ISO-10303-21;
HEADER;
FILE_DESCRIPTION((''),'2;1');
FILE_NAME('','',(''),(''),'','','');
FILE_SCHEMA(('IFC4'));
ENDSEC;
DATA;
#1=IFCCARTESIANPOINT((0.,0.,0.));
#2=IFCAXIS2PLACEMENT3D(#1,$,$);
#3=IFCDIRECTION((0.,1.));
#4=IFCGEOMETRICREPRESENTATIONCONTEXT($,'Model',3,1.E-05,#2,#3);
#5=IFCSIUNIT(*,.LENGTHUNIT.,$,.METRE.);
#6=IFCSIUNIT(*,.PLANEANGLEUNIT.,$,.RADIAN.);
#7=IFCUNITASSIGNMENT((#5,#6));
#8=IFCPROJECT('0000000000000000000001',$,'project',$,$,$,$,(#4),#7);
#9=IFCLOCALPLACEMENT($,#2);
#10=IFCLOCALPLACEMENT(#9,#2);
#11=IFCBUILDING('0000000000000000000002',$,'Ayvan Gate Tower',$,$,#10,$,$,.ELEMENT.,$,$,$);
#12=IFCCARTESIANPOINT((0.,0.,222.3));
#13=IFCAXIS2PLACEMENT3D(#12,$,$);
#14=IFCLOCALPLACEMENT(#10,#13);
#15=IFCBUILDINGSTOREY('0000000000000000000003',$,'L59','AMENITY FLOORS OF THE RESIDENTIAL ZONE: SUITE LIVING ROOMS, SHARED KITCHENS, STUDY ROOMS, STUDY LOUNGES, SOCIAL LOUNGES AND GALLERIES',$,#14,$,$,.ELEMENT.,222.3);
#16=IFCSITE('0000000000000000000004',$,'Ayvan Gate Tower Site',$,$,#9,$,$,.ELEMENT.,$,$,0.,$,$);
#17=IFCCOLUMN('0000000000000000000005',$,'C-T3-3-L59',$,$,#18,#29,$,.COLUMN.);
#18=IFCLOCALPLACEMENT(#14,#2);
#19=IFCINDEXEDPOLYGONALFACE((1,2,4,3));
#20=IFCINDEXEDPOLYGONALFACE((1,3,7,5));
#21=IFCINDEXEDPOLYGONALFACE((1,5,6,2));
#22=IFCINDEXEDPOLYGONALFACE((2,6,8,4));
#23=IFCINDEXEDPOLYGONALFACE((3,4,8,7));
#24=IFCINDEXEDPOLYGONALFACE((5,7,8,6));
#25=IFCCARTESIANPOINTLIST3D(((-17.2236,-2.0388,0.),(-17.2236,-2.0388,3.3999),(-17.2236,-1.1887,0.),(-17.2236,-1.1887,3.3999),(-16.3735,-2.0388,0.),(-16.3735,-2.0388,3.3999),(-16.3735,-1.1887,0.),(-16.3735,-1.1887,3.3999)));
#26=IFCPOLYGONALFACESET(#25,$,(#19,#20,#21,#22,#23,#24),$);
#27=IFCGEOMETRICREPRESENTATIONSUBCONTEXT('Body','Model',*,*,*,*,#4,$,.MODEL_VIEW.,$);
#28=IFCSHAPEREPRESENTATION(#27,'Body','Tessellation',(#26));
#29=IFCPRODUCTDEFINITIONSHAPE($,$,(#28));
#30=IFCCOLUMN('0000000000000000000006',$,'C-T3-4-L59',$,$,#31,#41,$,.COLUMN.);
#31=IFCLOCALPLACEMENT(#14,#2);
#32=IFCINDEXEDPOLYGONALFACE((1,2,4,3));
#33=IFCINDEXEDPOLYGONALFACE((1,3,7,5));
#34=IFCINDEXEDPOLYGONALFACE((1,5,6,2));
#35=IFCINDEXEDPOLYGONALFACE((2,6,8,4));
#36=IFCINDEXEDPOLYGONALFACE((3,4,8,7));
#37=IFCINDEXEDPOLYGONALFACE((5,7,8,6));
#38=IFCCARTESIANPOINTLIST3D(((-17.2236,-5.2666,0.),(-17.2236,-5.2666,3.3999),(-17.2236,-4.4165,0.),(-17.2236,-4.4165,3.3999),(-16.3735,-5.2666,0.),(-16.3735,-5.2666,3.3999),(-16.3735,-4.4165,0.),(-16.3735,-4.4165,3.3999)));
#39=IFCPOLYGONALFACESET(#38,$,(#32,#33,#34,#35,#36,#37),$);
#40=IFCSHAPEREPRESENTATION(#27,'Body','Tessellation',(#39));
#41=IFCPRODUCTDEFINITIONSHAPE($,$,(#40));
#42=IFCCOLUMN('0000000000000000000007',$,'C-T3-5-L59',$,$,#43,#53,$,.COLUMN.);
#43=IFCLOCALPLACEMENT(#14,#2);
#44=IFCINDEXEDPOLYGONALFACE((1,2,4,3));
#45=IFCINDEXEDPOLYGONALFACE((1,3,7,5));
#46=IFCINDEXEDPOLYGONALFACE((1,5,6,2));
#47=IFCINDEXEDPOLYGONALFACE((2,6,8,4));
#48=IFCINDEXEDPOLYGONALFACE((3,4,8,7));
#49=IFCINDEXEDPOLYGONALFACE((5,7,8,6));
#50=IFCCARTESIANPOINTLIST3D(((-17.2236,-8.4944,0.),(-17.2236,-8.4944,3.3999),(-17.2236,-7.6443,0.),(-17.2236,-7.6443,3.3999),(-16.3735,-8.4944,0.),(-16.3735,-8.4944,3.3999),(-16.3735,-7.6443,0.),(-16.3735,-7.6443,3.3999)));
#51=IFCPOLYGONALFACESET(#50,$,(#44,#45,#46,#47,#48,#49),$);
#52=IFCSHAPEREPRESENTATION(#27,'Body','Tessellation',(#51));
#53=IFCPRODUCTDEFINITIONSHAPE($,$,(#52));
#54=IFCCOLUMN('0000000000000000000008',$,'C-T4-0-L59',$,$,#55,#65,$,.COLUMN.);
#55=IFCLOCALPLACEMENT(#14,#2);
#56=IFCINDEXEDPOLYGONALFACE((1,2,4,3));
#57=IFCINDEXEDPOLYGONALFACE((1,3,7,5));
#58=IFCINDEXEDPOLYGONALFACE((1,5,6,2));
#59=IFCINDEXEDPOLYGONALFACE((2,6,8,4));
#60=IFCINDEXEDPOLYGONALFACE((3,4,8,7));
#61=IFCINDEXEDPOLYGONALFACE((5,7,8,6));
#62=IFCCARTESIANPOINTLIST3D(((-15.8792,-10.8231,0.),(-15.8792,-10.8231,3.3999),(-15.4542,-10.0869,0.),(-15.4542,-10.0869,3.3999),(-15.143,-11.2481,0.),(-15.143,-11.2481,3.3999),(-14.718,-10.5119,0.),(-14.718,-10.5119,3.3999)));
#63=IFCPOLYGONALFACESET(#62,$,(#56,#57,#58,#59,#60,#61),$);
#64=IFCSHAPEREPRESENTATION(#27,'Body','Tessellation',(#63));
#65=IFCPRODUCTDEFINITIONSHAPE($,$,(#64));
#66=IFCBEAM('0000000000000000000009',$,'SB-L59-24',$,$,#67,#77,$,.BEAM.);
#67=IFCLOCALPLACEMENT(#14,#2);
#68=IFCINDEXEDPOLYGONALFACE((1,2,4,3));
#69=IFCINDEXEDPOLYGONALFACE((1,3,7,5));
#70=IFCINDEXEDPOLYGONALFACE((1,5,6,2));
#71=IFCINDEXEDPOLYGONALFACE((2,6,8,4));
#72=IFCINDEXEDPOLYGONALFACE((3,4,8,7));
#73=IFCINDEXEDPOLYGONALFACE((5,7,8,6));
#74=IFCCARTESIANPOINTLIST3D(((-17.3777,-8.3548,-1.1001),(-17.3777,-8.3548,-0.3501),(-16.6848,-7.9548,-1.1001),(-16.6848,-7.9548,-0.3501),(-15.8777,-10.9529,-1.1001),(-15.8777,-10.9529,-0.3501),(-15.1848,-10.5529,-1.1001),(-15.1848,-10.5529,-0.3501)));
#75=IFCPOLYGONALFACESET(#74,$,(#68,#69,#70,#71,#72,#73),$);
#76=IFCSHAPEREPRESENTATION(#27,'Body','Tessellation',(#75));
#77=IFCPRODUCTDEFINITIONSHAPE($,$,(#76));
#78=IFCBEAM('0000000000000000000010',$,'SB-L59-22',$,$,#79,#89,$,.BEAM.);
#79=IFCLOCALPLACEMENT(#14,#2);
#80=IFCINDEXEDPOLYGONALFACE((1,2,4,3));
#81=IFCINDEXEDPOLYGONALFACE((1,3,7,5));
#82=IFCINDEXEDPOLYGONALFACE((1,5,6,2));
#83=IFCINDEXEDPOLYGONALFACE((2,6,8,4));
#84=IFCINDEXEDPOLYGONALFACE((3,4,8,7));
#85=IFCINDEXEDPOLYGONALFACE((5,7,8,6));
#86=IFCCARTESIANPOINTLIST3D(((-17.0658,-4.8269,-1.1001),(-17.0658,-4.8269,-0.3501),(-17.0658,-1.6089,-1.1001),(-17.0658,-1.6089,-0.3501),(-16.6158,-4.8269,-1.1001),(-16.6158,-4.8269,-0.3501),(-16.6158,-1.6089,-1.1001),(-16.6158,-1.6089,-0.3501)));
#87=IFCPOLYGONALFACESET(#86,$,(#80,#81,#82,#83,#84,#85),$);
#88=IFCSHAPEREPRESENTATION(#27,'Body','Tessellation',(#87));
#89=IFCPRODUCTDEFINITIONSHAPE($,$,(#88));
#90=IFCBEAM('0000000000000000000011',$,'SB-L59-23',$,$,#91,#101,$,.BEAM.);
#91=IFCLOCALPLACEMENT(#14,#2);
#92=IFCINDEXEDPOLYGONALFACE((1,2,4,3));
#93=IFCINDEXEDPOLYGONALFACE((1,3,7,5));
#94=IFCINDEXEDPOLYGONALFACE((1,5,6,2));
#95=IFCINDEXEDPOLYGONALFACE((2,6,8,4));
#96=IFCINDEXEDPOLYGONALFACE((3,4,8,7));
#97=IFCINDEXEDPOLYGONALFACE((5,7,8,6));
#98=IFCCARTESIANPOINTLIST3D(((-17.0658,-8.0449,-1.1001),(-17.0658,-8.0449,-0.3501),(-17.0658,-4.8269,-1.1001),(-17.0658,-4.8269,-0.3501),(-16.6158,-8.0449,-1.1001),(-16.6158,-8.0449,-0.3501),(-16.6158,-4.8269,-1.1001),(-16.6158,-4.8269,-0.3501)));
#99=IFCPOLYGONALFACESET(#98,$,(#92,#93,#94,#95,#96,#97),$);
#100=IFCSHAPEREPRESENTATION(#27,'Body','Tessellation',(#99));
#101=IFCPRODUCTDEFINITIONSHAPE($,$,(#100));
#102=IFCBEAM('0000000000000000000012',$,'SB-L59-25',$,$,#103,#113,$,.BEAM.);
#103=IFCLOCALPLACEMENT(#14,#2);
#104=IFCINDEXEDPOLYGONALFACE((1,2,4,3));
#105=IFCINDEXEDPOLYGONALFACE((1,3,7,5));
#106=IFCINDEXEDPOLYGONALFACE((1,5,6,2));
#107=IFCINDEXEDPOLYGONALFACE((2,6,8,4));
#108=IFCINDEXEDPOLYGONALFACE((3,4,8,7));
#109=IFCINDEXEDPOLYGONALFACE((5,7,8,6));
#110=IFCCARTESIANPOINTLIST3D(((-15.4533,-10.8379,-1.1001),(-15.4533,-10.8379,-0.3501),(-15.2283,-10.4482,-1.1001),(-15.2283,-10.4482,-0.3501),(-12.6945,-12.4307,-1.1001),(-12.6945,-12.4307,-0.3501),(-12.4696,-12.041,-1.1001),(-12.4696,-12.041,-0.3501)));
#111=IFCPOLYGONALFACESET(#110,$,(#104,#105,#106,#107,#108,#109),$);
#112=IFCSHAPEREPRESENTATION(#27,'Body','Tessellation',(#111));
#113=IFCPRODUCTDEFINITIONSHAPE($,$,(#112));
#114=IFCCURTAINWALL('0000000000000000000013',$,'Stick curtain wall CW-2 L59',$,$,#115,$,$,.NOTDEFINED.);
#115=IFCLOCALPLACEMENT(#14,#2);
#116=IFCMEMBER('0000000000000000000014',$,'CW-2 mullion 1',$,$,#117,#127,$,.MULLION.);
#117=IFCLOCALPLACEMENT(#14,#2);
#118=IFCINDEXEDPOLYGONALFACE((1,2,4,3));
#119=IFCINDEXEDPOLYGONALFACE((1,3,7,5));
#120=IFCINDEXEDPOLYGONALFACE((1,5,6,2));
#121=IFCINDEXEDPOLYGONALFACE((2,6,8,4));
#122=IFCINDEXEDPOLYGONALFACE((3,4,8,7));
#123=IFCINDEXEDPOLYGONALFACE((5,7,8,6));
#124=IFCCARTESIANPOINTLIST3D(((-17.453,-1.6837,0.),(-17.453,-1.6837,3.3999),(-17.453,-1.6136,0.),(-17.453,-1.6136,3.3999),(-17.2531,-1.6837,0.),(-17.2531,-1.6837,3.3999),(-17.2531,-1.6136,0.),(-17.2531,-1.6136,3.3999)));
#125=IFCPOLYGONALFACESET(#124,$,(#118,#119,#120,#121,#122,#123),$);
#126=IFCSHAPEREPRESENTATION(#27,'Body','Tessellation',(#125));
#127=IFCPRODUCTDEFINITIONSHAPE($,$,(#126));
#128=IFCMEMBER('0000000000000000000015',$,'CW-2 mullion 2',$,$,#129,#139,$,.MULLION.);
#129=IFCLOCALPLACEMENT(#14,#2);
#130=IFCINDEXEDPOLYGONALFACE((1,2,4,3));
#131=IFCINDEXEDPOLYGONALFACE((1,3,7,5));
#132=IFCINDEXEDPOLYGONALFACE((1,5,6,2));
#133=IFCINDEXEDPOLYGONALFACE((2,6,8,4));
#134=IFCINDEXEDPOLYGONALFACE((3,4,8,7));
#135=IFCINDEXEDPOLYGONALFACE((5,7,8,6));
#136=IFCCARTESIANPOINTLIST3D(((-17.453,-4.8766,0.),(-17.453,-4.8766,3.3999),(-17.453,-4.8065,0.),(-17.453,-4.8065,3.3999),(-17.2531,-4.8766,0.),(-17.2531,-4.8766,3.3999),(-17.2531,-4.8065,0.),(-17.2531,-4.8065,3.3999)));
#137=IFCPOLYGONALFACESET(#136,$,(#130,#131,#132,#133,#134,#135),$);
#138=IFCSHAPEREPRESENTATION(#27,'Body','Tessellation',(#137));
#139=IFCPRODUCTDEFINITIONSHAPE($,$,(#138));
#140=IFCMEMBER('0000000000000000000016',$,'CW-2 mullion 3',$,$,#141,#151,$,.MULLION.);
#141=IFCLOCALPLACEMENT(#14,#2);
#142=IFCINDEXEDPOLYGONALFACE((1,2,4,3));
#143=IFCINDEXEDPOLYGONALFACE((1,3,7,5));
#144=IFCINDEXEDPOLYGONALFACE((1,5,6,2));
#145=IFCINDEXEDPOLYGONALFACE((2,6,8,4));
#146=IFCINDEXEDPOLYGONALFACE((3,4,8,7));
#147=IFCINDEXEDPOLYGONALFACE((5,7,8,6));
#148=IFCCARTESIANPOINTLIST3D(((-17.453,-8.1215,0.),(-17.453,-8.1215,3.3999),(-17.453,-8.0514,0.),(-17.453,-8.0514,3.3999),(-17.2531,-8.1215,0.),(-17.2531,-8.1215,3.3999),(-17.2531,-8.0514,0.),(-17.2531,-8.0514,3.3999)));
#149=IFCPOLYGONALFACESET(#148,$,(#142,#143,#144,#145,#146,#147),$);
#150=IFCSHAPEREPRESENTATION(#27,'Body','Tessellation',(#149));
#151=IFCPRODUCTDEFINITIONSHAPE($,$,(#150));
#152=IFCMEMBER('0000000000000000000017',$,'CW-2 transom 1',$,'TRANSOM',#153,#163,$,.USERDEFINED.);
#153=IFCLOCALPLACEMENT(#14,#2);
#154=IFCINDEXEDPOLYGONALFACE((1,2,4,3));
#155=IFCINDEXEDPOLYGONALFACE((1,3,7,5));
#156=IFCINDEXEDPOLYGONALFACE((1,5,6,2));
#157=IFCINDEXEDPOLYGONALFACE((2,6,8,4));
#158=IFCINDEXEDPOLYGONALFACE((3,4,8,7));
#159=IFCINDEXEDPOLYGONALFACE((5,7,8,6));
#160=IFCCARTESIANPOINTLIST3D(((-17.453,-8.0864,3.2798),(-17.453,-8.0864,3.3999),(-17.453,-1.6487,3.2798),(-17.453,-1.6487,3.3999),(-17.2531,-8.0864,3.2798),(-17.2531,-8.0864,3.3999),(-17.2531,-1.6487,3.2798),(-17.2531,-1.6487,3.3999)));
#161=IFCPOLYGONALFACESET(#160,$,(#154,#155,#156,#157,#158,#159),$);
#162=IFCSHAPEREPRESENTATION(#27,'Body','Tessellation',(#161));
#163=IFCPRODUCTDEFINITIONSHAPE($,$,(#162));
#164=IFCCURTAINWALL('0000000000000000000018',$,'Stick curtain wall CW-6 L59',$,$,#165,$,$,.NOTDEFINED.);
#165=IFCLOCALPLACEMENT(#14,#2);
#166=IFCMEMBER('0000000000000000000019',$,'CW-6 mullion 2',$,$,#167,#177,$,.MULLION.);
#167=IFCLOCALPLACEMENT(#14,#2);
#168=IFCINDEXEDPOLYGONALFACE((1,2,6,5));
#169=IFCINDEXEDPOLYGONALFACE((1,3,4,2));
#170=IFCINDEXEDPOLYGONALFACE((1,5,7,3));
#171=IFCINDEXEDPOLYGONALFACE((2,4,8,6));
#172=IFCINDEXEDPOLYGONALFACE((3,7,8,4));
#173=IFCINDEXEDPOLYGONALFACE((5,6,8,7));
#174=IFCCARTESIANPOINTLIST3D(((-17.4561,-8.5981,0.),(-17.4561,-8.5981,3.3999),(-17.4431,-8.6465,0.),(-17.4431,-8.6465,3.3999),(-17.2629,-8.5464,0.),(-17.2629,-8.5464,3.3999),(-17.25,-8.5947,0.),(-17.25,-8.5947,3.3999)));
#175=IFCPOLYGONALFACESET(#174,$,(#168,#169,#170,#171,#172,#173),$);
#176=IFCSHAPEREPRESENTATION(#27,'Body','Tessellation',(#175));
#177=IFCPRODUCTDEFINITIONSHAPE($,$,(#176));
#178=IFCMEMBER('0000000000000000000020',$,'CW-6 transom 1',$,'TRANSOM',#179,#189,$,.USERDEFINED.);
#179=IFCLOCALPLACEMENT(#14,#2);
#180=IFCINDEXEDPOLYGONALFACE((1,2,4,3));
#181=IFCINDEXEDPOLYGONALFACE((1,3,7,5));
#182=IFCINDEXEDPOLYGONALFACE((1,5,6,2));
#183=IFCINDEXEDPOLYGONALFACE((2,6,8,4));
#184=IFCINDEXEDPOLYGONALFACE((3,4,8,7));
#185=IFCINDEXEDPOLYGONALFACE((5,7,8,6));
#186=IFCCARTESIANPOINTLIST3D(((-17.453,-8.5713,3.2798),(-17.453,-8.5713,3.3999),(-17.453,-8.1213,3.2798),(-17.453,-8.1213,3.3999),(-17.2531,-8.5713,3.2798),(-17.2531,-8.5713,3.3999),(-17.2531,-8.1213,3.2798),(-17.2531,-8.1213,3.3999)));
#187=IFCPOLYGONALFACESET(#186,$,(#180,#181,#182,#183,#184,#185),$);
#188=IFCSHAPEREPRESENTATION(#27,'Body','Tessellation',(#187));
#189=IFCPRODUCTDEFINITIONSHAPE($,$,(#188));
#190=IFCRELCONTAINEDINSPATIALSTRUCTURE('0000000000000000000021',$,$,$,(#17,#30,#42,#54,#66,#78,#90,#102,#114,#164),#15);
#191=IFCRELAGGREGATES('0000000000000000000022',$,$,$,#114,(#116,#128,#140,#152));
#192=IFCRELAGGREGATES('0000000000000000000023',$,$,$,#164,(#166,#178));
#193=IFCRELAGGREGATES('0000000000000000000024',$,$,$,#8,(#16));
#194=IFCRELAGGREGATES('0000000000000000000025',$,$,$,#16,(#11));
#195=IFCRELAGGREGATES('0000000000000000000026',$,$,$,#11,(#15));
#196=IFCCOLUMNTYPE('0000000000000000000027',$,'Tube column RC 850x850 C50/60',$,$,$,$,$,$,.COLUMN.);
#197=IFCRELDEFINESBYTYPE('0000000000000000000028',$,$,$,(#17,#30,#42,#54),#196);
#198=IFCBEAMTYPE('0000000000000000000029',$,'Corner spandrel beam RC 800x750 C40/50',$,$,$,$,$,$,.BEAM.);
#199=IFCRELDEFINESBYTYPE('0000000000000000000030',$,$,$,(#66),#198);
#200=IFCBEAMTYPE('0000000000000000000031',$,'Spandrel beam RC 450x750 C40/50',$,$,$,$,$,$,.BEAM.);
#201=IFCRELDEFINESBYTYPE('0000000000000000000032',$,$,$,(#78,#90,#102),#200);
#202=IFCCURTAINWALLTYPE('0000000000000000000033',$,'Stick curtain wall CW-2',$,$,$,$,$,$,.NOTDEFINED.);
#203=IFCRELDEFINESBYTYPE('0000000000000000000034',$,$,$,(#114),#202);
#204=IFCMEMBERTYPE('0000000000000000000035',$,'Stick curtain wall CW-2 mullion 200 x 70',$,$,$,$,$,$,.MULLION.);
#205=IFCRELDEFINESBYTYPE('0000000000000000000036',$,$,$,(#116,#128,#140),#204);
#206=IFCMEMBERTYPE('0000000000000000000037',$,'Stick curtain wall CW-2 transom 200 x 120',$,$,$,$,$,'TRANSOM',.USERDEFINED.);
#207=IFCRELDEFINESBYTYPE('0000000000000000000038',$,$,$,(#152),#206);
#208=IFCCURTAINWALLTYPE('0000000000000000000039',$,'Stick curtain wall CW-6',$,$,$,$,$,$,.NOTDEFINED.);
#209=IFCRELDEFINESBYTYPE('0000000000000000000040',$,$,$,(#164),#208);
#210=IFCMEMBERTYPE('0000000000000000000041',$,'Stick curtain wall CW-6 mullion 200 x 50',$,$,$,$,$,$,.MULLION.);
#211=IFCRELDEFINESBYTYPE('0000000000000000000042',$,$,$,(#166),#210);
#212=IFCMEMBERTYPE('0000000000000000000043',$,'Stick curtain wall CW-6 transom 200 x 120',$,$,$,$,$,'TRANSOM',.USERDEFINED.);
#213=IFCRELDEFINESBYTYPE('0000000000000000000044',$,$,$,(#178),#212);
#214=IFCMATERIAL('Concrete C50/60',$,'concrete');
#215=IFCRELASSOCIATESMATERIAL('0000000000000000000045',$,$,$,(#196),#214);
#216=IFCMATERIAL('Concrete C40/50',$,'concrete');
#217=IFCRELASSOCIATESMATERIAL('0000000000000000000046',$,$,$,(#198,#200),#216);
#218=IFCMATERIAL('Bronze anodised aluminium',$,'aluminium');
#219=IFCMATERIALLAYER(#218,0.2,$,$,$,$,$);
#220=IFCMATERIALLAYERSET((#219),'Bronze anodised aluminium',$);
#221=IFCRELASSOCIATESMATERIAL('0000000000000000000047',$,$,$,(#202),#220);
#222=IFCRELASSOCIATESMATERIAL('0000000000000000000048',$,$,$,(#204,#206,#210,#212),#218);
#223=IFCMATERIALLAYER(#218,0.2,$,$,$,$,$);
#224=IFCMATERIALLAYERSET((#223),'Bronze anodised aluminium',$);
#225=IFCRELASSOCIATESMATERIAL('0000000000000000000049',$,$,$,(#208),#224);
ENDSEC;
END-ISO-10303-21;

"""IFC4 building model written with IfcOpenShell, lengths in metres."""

from ifc_helpers import new_model, si_unit, direction, frame, origin, origin_2d, place, context, subcontext, project, spatial, rectangle, extrude, material, layer, layer_set, material_profile, profile_set, type_object, element, aggregate, save


model = new_model("IFC4")

# Units and contexts
model_context = context("Model", 3, precision=1e-05, world=origin(), true_north=direction((0.0, 1.0)))
body_context = subcontext(model_context, "Body", "Model", "MODEL_VIEW")
ifc_project = project(units=[si_unit("LENGTHUNIT", "METRE"), si_unit("PLANEANGLEUNIT", "RADIAN")], contexts=[model_context])

# Site, building, storey
site_placement = place(None, origin())
site = spatial("IfcSite", under=ifc_project, at=site_placement, Name="Ayvan Gate Tower Site", CompositionType="ELEMENT", RefElevation=0.0)
building_placement = place(site_placement, origin())
building = spatial("IfcBuilding", under=site, at=building_placement, Name="Ayvan Gate Tower", CompositionType="ELEMENT")
storey_placement = place(building_placement, frame((0.0, 0.0, 222.3)))
storey = spatial("IfcBuildingStorey", under=building, at=storey_placement, Name="L59", Description="AMENITY FLOORS OF THE RESIDENTIAL ZONE: SUITE LIVING ROOMS, SHARED KITCHENS, STUDY ROOMS, STUDY LOUNGES, SOCIAL LOUNGES AND GALLERIES", CompositionType="ELEMENT", Elevation=222.3)

# Columns
ifc_material_1 = material(Name="Concrete C50/60", Category="concrete")
ifc_material_profile_1 = material_profile(ifc_material_1, rectangle(XDim=0.8501, YDim=0.8501, at=origin_2d()), Name="RC 850x850")
ifc_profile_set_1 = profile_set([ifc_material_profile_1], Name="Concrete C50/60")
column_type = type_object("IfcColumnType", Name="Tube column RC 850x850 C50/60", PredefinedType="COLUMN", material=ifc_profile_set_1)
for number, where, z_axis, x_axis, name in (
    (1, (-16.7986, -1.6138, 0.0), (0.0, 0.0, 1.0), (-1.0, 0.0, 0.0), "C-T3-3-L59"),
    (2, (-16.7986, -4.8416, 0.0), (0.0, 0.0, 1.0), (-1.0, 0.0, 0.0), "C-T3-4-L59"),
    (3, (-16.7986, -8.0693, 0.0), (0.0, 0.0, 1.0), (-1.0, 0.0, 0.0), "C-T3-5-L59"),
    (4, (-15.2986, -10.6675, 0.0), (0.0, 0.0, 1.0), (-0.5, -0.866025, 0.0), "C-T4-0-L59"),
):
    element("IfcColumn", number, at=place(storey_placement, frame(where, z_axis=z_axis, x_axis=x_axis)), inside=storey, type_object=column_type, Name=name, PredefinedType="COLUMN", context=body_context, shape_type="SweptSolid", body=[
        extrude(rectangle(XDim=0.8501, YDim=0.8501, at=origin_2d()), origin(), (0.0, 0.0, 1.0), 3.3999),
    ])

# Beams
ifc_material_2 = material(Name="Concrete C40/50", Category="concrete")
ifc_material_profile_2 = material_profile(ifc_material_2, rectangle(XDim=0.8, YDim=0.75, at=origin_2d()), Name="RC 800x750")
ifc_profile_set_2 = profile_set([ifc_material_profile_2], Name="Concrete C40/50")
beam_type_1 = type_object("IfcBeamType", Name="Corner spandrel beam RC 800x750 C40/50", PredefinedType="BEAM", material=ifc_profile_set_2)
beam_1_placement = place(storey_placement, frame((-17.0312, -8.1548, -0.7251), z_axis=(0.49999, -0.866031, 0.0), x_axis=(0.866031, 0.49999, 0.0)))
element("IfcBeam", 5, at=beam_1_placement, inside=storey, type_object=beam_type_1, Name="SB-L59-24", PredefinedType="BEAM", context=body_context, shape_type="SweptSolid", body=[
    extrude(rectangle(XDim=0.8, YDim=0.75, at=origin_2d()), origin(), (0.0, 0.0, 1.0), 3.0),
])
ifc_material_profile_3 = material_profile(ifc_material_2, rectangle(XDim=0.45, YDim=0.75, at=origin_2d()), Name="RC 450x750")
ifc_profile_set_3 = profile_set([ifc_material_profile_3], Name="Concrete C40/50")
beam_type_2 = type_object("IfcBeamType", Name="Spandrel beam RC 450x750 C40/50", PredefinedType="BEAM", material=ifc_profile_set_3)
for number, where, z_axis, x_axis, name in (
    (6, (-16.8408, -1.6089, -0.7251), (0.0, -1.0, 0.0), (1.0, 0.0, 0.0), "SB-L59-22"),
    (7, (-16.8408, -4.8269, -0.7251), (0.0, -1.0, 0.0), (1.0, 0.0, 0.0), "SB-L59-23"),
):
    element("IfcBeam", number, at=place(storey_placement, frame(where, z_axis=z_axis, x_axis=x_axis)), inside=storey, type_object=beam_type_2, Name=name, PredefinedType="BEAM", context=body_context, shape_type="SweptSolid", body=[
        extrude(rectangle(XDim=0.45, YDim=0.75, at=origin_2d()), origin(), (0.0, 0.0, 1.0), 3.218),
    ])
beam_2_placement = place(storey_placement, frame((-15.3408, -10.6431, -0.7251), z_axis=(0.866027, -0.499997, 0.0), x_axis=(0.499997, 0.866027, 0.0)))
element("IfcBeam", 8, at=beam_2_placement, inside=storey, type_object=beam_type_2, Name="SB-L59-25", PredefinedType="BEAM", context=body_context, shape_type="SweptSolid", body=[
    extrude(rectangle(XDim=0.45, YDim=0.75, at=origin_2d()), origin(), (0.0, 0.0, 1.0), 3.1855),
])

# Curtain walls, members
ifc_material_3 = material(Name="Bronze anodised aluminium", Category="aluminium")
ifc_layer_1 = layer(ifc_material_3, 0.2)
ifc_layer_set_1 = layer_set([ifc_layer_1], Name="Bronze anodised aluminium")
curtain_wall_type_1 = type_object("IfcCurtainWallType", Name="Stick curtain wall CW-2", PredefinedType="NOTDEFINED", material=ifc_layer_set_1)
curtain_wall_1_placement = place(storey_placement, origin())
curtain_wall_1 = element("IfcCurtainWall", 9, at=curtain_wall_1_placement, inside=storey, type_object=curtain_wall_type_1, Name="Stick curtain wall CW-2 L59", PredefinedType="NOTDEFINED")
ifc_material_profile_4 = material_profile(ifc_material_3, rectangle(XDim=0.2, YDim=0.0701, at=origin_2d()), Name="Stick curtain wall CW-2 mullion 200 x 70")
ifc_profile_set_4 = profile_set([ifc_material_profile_4], Name="Bronze anodised aluminium")
member_type_1 = type_object("IfcMemberType", Name="Stick curtain wall CW-2 mullion 200 x 70", PredefinedType="MULLION", material=ifc_profile_set_4)
member_1_placement = place(storey_placement, frame((-17.353, -1.6487, 0.0), z_axis=(0.0, 0.0, 1.0), x_axis=(-1.0, 0.0, 0.0)))
member_1 = element("IfcMember", 10, at=member_1_placement, type_object=member_type_1, Name="CW-2 mullion 1", PredefinedType="MULLION", context=body_context, shape_type="SweptSolid", body=[
    extrude(rectangle(XDim=0.2, YDim=0.0701, at=origin_2d()), origin(), (0.0, 0.0, 1.0), 3.3999),
])
member_2_placement = place(storey_placement, frame((-17.353, -4.8416, 0.0), z_axis=(0.0, 0.0, 1.0), x_axis=(-1.0, 0.0, 0.0)))
member_2 = element("IfcMember", 11, at=member_2_placement, type_object=member_type_1, Name="CW-2 mullion 2", PredefinedType="MULLION", context=body_context, shape_type="SweptSolid", body=[
    extrude(rectangle(XDim=0.2, YDim=0.0701, at=origin_2d()), origin(), (0.0, 0.0, 1.0), 3.3999),
])
member_3_placement = place(storey_placement, frame((-17.353, -8.0864, 0.0), z_axis=(0.0, 0.0, 1.0), x_axis=(-1.0, 0.0, 0.0)))
member_3 = element("IfcMember", 12, at=member_3_placement, type_object=member_type_1, Name="CW-2 mullion 3", PredefinedType="MULLION", context=body_context, shape_type="SweptSolid", body=[
    extrude(rectangle(XDim=0.2, YDim=0.0701, at=origin_2d()), origin(), (0.0, 0.0, 1.0), 3.3999),
])
ifc_material_profile_5 = material_profile(ifc_material_3, rectangle(XDim=0.2, YDim=0.1201, at=origin_2d()), Name="Stick curtain wall CW-2 transom 200 x 120")
ifc_profile_set_5 = profile_set([ifc_material_profile_5], Name="Bronze anodised aluminium")
member_type_2 = type_object("IfcMemberType", Name="Stick curtain wall CW-2 transom 200 x 120", ElementType="TRANSOM", PredefinedType="USERDEFINED", material=ifc_profile_set_5)
member_4_placement = place(storey_placement, frame((-17.353, -1.6487, 3.3398), z_axis=(0.0, -1.0, 0.0), x_axis=(1.0, 0.0, 0.0)))
member_4 = element("IfcMember", 13, at=member_4_placement, type_object=member_type_2, Name="CW-2 transom 1", ObjectType="TRANSOM", PredefinedType="USERDEFINED", context=body_context, shape_type="SweptSolid", body=[
    extrude(rectangle(XDim=0.2, YDim=0.1201, at=origin_2d()), origin(), (0.0, 0.0, 1.0), 6.4377),
])
ifc_layer_2 = layer(ifc_material_3, 0.2)
ifc_layer_set_2 = layer_set([ifc_layer_2], Name="Bronze anodised aluminium")
curtain_wall_type_2 = type_object("IfcCurtainWallType", Name="Stick curtain wall CW-6", PredefinedType="NOTDEFINED", material=ifc_layer_set_2)
curtain_wall_2_placement = place(storey_placement, origin())
curtain_wall_2 = element("IfcCurtainWall", 14, at=curtain_wall_2_placement, inside=storey, type_object=curtain_wall_type_2, Name="Stick curtain wall CW-6 L59", PredefinedType="NOTDEFINED")
ifc_material_profile_6 = material_profile(ifc_material_3, rectangle(XDim=0.2, YDim=0.05, at=origin_2d()), Name="Stick curtain wall CW-6 mullion 200 x 50")
ifc_profile_set_6 = profile_set([ifc_material_profile_6], Name="Bronze anodised aluminium")
member_type_3 = type_object("IfcMemberType", Name="Stick curtain wall CW-6 mullion 200 x 50", PredefinedType="MULLION", material=ifc_profile_set_6)
member_5_placement = place(storey_placement, frame((-17.353, -8.5964, 0.0), z_axis=(0.0, 0.0, 1.0), x_axis=(-0.965926, -0.258819, 0.0)))
member_5 = element("IfcMember", 15, at=member_5_placement, type_object=member_type_3, Name="CW-6 mullion 2", PredefinedType="MULLION", context=body_context, shape_type="SweptSolid", body=[
    extrude(rectangle(XDim=0.2, YDim=0.05, at=origin_2d()), origin(), (0.0, 0.0, 1.0), 3.3999),
])
ifc_material_profile_7 = material_profile(ifc_material_3, rectangle(XDim=0.2, YDim=0.1201, at=origin_2d()), Name="Stick curtain wall CW-6 transom 200 x 120")
ifc_profile_set_7 = profile_set([ifc_material_profile_7], Name="Bronze anodised aluminium")
member_type_4 = type_object("IfcMemberType", Name="Stick curtain wall CW-6 transom 200 x 120", ElementType="TRANSOM", PredefinedType="USERDEFINED", material=ifc_profile_set_7)
member_6_placement = place(storey_placement, frame((-17.353, -8.1213, 3.3398), z_axis=(0.0, -1.0, 0.0), x_axis=(1.0, 0.0, 0.0)))
member_6 = element("IfcMember", 16, at=member_6_placement, type_object=member_type_4, Name="CW-6 transom 1", ObjectType="TRANSOM", PredefinedType="USERDEFINED", context=body_context, shape_type="SweptSolid", body=[
    extrude(rectangle(XDim=0.2, YDim=0.1201, at=origin_2d()), origin(), (0.0, 0.0, 1.0), 0.45),
])

aggregate(curtain_wall_1, [member_1, member_2, member_3, member_4])
aggregate(curtain_wall_2, [member_5, member_6])

save(model, "model.ifc")
